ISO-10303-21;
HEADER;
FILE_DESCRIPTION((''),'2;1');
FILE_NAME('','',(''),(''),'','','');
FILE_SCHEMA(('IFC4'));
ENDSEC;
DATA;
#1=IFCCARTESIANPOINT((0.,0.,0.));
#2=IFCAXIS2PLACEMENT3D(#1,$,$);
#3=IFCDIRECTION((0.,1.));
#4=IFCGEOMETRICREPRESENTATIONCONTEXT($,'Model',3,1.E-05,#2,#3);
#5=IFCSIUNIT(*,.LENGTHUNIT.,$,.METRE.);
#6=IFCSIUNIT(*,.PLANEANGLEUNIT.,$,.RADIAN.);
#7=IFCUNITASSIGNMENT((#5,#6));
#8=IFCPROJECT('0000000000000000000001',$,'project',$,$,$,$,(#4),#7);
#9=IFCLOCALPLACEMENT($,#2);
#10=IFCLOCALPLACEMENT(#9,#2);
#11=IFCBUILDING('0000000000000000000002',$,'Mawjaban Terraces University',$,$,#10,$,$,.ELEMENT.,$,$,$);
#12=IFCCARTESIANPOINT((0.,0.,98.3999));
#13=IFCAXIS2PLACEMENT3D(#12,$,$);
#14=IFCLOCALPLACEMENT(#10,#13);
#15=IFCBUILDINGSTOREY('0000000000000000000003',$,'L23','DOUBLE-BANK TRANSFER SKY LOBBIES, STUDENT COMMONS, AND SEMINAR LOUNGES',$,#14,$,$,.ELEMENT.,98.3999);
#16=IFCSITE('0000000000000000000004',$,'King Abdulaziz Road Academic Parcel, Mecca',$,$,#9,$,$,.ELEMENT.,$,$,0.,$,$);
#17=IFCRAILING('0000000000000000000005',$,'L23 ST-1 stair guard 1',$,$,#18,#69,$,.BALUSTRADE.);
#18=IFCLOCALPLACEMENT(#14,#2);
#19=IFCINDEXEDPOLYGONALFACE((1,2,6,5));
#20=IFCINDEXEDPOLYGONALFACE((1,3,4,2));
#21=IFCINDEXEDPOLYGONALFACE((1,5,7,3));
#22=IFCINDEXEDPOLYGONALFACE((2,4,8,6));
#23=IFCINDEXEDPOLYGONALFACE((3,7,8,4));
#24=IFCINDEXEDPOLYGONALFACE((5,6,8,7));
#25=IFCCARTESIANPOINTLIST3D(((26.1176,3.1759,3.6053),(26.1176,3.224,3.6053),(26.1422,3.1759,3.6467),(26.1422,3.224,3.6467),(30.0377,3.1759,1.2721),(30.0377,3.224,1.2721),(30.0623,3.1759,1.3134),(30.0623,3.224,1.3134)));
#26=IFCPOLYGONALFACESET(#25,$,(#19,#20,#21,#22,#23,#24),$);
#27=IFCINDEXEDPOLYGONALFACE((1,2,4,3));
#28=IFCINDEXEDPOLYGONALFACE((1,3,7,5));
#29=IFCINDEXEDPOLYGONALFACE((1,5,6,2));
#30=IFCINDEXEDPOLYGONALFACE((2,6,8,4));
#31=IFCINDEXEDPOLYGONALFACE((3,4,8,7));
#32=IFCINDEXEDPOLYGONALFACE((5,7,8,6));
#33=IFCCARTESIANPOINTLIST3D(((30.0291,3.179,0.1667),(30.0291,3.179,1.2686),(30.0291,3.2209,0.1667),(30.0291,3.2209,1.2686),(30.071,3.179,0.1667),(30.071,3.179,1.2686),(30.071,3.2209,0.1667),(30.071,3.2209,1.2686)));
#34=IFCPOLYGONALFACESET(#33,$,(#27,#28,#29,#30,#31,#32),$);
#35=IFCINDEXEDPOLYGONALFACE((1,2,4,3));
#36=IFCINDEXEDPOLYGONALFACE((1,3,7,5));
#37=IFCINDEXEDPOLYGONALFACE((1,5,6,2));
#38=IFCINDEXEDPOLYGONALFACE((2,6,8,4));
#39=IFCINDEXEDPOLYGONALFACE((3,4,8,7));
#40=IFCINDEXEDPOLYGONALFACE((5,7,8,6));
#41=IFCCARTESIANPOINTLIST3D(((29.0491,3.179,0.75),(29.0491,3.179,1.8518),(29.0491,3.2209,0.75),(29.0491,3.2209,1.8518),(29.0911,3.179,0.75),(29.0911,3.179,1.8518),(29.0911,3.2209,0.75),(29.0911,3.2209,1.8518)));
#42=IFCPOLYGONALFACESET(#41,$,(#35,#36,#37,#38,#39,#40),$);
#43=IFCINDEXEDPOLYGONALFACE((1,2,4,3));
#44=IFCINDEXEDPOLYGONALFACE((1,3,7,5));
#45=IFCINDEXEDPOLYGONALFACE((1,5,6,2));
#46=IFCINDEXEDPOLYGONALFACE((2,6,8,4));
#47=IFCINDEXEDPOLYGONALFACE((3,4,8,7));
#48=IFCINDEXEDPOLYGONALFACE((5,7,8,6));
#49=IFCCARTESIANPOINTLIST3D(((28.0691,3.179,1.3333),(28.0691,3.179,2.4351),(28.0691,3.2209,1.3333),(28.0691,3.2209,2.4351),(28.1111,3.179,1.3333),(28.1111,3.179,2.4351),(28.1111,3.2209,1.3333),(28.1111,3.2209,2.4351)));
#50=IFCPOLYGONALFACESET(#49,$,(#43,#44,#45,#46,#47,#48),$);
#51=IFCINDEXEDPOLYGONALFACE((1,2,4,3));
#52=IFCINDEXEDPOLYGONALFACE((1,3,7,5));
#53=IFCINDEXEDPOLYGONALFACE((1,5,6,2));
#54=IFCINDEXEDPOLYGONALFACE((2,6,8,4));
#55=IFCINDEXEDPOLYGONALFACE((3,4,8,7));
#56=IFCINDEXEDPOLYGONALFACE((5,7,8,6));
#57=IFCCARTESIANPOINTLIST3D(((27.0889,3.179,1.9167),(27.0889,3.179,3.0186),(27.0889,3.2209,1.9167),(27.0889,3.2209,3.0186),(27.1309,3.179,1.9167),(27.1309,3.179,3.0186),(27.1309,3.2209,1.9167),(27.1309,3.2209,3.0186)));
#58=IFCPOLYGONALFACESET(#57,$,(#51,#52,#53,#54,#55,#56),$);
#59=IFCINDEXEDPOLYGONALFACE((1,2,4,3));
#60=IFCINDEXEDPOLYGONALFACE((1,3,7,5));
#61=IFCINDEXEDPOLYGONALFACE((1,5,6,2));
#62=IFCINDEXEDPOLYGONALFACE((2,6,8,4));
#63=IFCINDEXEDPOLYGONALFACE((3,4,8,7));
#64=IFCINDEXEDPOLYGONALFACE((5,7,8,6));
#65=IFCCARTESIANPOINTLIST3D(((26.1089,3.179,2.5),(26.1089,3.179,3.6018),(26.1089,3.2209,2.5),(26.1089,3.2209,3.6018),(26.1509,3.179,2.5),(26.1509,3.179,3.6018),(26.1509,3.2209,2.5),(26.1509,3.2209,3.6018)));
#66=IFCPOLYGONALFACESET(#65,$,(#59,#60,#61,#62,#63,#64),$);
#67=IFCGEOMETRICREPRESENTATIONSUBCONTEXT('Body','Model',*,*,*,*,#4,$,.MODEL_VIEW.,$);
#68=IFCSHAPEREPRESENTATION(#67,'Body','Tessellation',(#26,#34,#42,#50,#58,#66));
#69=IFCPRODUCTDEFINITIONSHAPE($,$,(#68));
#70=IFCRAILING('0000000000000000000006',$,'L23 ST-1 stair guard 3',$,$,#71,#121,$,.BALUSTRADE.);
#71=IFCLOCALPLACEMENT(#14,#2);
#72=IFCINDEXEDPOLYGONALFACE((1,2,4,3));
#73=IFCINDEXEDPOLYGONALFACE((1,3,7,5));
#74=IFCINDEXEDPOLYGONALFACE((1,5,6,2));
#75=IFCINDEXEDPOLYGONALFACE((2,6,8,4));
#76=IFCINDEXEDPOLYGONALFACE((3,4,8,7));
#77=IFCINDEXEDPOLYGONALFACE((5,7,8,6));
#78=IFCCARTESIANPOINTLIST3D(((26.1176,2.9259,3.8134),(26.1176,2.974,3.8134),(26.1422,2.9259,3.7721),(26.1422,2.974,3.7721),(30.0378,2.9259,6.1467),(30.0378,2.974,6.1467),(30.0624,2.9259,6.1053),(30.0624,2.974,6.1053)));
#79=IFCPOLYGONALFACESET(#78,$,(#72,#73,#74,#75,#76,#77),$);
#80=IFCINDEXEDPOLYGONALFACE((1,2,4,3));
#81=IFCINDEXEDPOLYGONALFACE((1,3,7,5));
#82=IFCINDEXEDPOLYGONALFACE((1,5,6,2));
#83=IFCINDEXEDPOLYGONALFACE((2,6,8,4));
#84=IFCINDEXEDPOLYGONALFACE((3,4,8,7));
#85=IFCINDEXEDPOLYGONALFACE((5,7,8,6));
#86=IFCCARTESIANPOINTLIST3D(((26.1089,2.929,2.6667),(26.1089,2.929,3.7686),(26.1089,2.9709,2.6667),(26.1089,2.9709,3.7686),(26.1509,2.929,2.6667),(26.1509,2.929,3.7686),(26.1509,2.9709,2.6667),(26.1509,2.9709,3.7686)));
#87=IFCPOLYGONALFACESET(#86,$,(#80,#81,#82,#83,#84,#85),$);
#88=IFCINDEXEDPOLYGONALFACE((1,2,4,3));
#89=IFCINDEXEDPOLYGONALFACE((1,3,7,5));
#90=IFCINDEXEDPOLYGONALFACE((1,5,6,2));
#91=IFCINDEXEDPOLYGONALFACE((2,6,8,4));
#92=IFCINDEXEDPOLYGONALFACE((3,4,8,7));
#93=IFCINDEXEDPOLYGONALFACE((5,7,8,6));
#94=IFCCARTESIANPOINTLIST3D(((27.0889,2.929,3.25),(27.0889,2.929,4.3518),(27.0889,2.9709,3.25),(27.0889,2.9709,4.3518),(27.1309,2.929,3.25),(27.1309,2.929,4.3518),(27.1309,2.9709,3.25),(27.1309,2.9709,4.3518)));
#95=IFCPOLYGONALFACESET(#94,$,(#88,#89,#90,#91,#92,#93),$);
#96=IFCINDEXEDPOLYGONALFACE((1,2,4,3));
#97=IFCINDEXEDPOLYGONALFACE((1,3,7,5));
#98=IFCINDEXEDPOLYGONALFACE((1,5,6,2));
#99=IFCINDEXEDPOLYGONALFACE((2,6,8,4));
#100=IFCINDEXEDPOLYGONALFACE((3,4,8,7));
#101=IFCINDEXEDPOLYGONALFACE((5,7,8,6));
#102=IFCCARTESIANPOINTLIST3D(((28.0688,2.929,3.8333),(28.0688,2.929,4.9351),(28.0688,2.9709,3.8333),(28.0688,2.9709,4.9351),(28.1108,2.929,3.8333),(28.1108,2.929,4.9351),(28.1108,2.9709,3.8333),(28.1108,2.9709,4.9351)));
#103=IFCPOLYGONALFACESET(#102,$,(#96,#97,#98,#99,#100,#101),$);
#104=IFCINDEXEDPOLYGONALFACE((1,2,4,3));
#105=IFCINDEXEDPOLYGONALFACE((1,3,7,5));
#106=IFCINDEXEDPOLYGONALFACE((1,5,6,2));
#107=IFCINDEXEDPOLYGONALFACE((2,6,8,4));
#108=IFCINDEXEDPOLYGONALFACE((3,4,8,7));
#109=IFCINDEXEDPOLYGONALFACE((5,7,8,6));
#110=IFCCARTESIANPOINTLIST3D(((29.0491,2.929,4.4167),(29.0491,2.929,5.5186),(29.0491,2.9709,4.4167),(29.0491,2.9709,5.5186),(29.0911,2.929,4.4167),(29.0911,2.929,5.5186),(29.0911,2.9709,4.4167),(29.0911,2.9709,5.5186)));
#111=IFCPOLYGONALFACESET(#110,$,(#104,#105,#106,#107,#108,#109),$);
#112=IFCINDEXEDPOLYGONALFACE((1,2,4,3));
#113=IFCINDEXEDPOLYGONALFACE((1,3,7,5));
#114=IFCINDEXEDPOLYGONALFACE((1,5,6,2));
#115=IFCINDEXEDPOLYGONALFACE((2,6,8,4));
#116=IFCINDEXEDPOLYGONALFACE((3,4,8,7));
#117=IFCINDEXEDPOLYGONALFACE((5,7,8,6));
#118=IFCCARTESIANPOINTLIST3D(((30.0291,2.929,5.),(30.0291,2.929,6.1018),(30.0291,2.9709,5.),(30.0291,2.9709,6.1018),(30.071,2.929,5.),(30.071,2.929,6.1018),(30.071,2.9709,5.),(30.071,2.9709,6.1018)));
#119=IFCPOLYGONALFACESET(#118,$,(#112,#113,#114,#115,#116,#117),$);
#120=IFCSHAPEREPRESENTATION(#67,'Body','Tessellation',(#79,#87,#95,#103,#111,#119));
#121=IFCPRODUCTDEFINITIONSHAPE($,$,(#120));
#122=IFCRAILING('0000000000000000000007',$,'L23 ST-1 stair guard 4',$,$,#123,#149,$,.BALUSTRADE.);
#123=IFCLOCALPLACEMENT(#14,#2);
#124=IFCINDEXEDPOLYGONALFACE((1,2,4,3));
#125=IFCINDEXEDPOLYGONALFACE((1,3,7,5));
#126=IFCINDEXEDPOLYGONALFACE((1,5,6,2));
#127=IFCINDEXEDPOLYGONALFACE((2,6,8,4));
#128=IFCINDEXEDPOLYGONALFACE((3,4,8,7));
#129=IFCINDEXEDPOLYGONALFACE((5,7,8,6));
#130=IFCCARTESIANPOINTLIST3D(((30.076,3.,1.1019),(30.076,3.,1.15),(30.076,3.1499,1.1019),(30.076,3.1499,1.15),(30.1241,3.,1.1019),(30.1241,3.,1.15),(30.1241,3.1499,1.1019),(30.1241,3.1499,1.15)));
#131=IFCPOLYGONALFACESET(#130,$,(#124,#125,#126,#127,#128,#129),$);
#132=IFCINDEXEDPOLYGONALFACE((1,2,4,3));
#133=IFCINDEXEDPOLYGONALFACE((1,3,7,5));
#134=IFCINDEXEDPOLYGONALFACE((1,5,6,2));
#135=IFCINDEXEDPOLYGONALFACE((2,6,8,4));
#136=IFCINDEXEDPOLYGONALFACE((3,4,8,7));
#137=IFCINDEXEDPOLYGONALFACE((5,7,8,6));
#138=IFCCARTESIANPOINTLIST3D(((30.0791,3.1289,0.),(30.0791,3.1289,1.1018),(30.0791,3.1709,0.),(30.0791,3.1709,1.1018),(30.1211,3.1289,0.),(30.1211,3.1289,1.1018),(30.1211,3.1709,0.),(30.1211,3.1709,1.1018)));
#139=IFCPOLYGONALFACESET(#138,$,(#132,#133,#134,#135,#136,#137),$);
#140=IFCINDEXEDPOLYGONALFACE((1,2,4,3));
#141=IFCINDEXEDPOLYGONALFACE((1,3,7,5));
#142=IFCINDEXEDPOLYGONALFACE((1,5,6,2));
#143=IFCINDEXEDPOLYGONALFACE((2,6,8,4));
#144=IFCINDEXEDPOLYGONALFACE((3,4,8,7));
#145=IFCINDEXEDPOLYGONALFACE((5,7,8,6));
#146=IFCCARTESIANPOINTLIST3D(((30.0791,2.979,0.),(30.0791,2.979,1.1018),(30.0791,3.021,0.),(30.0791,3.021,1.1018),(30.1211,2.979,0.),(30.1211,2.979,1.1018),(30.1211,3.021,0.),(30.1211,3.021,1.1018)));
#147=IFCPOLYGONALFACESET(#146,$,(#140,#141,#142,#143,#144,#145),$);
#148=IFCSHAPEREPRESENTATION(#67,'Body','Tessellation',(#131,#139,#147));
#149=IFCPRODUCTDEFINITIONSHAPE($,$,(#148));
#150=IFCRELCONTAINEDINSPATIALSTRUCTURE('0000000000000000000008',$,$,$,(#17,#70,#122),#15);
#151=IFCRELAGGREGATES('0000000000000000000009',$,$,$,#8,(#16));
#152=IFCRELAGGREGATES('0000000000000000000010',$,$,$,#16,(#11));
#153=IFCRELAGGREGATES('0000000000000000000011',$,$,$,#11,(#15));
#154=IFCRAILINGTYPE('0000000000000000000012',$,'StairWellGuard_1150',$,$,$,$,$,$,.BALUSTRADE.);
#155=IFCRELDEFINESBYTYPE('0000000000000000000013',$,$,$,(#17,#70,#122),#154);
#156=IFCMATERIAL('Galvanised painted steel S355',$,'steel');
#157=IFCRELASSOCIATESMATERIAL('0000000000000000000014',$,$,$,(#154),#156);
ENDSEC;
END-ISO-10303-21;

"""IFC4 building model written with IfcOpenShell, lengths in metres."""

from ifc_helpers import new_model, si_unit, direction, frame, origin, origin_2d, place, context, subcontext, project, spatial, rectangle, extrude, material, type_object, element, save


model = new_model("IFC4")

# Units and contexts
model_context = context("Model", 3, precision=1e-05, world=origin(), true_north=direction((0.0, 1.0)))
body_context = subcontext(model_context, "Body", "Model", "MODEL_VIEW")
ifc_project = project(units=[si_unit("LENGTHUNIT", "METRE"), si_unit("PLANEANGLEUNIT", "RADIAN")], contexts=[model_context])

# Site, building, storey
site_placement = place(None, origin())
site = spatial("IfcSite", under=ifc_project, at=site_placement, Name="King Abdulaziz Road Academic Parcel, Mecca", CompositionType="ELEMENT", RefElevation=0.0)
building_placement = place(site_placement, origin())
building = spatial("IfcBuilding", under=site, at=building_placement, Name="Mawjaban Terraces University", CompositionType="ELEMENT")
storey_placement = place(building_placement, frame((0.0, 0.0, 98.3999)))
storey = spatial("IfcBuildingStorey", under=building, at=storey_placement, Name="L23", Description="DOUBLE-BANK TRANSFER SKY LOBBIES, STUDENT COMMONS, AND SEMINAR LOUNGES", CompositionType="ELEMENT", Elevation=98.3999)

# Railings
ifc_material_1 = material(Name="Galvanised painted steel S355", Category="steel")
railing_type_1 = type_object("IfcRailingType", Name="StairWellGuard_1150", PredefinedType="BALUSTRADE", material=ifc_material_1)
railing_1_placement = place(storey_placement, frame((30.05, 3.2, 0.1667)))
element("IfcRailing", 1, at=railing_1_placement, inside=storey, type_object=railing_type_1, Name="L23 ST-1 stair guard 1", PredefinedType="BALUSTRADE", context=body_context, shape_type="SweptSolid", body=[
    extrude(rectangle(XDim=0.0481, YDim=0.0481, at=origin_2d()), frame((0.0, 0.0, 1.126), z_axis=(-0.85931, 0.0, 0.511455), x_axis=(0.0, -1.0, 0.0)), (0.0, 0.0, 1.0), 4.562),
    extrude(rectangle(XDim=0.042, YDim=0.042, at=origin_2d()), origin(), (0.0, 0.0, 1.0), 1.1018),
    extrude(rectangle(XDim=0.042, YDim=0.042, at=origin_2d()), frame((-0.98, 0.0, 0.5833)), (0.0, 0.0, 1.0), 1.1018),
    extrude(rectangle(XDim=0.042, YDim=0.042, at=origin_2d()), frame((-1.96, 0.0, 1.1665)), (0.0, 0.0, 1.0), 1.1018),
    extrude(rectangle(XDim=0.042, YDim=0.042, at=origin_2d()), frame((-2.9402, 0.0, 1.75)), (0.0, 0.0, 1.0), 1.1018),
    extrude(rectangle(XDim=0.042, YDim=0.042, at=origin_2d()), frame((-3.9202, 0.0, 2.3333)), (0.0, 0.0, 1.0), 1.1018),
])
railing_2_placement = place(storey_placement, frame((26.1299, 2.95, 2.6667)))
element("IfcRailing", 2, at=railing_2_placement, inside=storey, type_object=railing_type_1, Name="L23 ST-1 stair guard 3", PredefinedType="BALUSTRADE", context=body_context, shape_type="SweptSolid", body=[
    extrude(rectangle(XDim=0.0481, YDim=0.0481, at=origin_2d()), frame((0.0, 0.0, 1.126), z_axis=(0.85931, 0.0, 0.511455), x_axis=(0.0, 1.0, 0.0)), (0.0, 0.0, 1.0), 4.562),
    extrude(rectangle(XDim=0.042, YDim=0.042, at=origin_2d()), origin(), (0.0, 0.0, 1.0), 1.1018),
    extrude(rectangle(XDim=0.042, YDim=0.042, at=origin_2d()), frame((0.98, 0.0, 0.5833)), (0.0, 0.0, 1.0), 1.1018),
    extrude(rectangle(XDim=0.042, YDim=0.042, at=origin_2d()), frame((1.96, 0.0, 1.1665)), (0.0, 0.0, 1.0), 1.1018),
    extrude(rectangle(XDim=0.042, YDim=0.042, at=origin_2d()), frame((2.9402, 0.0, 1.75)), (0.0, 0.0, 1.0), 1.1018),
    extrude(rectangle(XDim=0.042, YDim=0.042, at=origin_2d()), frame((3.9202, 0.0, 2.3333)), (0.0, 0.0, 1.0), 1.1018),
])
railing_3_placement = place(storey_placement, frame((30.1001, 3.1499, 0.0)))
element("IfcRailing", 3, at=railing_3_placement, inside=storey, type_object=railing_type_1, Name="L23 ST-1 stair guard 4", PredefinedType="BALUSTRADE", context=body_context, shape_type="SweptSolid", body=[
    extrude(rectangle(XDim=0.0481, YDim=0.0481, at=origin_2d()), frame((0.0, 0.0, 1.126), z_axis=(0.0, -1.0, 0.0), x_axis=(1.0, 0.0, 0.0)), (0.0, 0.0, 1.0), 0.1499),
    extrude(rectangle(XDim=0.042, YDim=0.042, at=origin_2d()), origin(), (0.0, 0.0, 1.0), 1.1018),
    extrude(rectangle(XDim=0.042, YDim=0.042, at=origin_2d()), frame((0.0, -0.1499, 0.0)), (0.0, 0.0, 1.0), 1.1018),
])

save(model, "model.ifc")
